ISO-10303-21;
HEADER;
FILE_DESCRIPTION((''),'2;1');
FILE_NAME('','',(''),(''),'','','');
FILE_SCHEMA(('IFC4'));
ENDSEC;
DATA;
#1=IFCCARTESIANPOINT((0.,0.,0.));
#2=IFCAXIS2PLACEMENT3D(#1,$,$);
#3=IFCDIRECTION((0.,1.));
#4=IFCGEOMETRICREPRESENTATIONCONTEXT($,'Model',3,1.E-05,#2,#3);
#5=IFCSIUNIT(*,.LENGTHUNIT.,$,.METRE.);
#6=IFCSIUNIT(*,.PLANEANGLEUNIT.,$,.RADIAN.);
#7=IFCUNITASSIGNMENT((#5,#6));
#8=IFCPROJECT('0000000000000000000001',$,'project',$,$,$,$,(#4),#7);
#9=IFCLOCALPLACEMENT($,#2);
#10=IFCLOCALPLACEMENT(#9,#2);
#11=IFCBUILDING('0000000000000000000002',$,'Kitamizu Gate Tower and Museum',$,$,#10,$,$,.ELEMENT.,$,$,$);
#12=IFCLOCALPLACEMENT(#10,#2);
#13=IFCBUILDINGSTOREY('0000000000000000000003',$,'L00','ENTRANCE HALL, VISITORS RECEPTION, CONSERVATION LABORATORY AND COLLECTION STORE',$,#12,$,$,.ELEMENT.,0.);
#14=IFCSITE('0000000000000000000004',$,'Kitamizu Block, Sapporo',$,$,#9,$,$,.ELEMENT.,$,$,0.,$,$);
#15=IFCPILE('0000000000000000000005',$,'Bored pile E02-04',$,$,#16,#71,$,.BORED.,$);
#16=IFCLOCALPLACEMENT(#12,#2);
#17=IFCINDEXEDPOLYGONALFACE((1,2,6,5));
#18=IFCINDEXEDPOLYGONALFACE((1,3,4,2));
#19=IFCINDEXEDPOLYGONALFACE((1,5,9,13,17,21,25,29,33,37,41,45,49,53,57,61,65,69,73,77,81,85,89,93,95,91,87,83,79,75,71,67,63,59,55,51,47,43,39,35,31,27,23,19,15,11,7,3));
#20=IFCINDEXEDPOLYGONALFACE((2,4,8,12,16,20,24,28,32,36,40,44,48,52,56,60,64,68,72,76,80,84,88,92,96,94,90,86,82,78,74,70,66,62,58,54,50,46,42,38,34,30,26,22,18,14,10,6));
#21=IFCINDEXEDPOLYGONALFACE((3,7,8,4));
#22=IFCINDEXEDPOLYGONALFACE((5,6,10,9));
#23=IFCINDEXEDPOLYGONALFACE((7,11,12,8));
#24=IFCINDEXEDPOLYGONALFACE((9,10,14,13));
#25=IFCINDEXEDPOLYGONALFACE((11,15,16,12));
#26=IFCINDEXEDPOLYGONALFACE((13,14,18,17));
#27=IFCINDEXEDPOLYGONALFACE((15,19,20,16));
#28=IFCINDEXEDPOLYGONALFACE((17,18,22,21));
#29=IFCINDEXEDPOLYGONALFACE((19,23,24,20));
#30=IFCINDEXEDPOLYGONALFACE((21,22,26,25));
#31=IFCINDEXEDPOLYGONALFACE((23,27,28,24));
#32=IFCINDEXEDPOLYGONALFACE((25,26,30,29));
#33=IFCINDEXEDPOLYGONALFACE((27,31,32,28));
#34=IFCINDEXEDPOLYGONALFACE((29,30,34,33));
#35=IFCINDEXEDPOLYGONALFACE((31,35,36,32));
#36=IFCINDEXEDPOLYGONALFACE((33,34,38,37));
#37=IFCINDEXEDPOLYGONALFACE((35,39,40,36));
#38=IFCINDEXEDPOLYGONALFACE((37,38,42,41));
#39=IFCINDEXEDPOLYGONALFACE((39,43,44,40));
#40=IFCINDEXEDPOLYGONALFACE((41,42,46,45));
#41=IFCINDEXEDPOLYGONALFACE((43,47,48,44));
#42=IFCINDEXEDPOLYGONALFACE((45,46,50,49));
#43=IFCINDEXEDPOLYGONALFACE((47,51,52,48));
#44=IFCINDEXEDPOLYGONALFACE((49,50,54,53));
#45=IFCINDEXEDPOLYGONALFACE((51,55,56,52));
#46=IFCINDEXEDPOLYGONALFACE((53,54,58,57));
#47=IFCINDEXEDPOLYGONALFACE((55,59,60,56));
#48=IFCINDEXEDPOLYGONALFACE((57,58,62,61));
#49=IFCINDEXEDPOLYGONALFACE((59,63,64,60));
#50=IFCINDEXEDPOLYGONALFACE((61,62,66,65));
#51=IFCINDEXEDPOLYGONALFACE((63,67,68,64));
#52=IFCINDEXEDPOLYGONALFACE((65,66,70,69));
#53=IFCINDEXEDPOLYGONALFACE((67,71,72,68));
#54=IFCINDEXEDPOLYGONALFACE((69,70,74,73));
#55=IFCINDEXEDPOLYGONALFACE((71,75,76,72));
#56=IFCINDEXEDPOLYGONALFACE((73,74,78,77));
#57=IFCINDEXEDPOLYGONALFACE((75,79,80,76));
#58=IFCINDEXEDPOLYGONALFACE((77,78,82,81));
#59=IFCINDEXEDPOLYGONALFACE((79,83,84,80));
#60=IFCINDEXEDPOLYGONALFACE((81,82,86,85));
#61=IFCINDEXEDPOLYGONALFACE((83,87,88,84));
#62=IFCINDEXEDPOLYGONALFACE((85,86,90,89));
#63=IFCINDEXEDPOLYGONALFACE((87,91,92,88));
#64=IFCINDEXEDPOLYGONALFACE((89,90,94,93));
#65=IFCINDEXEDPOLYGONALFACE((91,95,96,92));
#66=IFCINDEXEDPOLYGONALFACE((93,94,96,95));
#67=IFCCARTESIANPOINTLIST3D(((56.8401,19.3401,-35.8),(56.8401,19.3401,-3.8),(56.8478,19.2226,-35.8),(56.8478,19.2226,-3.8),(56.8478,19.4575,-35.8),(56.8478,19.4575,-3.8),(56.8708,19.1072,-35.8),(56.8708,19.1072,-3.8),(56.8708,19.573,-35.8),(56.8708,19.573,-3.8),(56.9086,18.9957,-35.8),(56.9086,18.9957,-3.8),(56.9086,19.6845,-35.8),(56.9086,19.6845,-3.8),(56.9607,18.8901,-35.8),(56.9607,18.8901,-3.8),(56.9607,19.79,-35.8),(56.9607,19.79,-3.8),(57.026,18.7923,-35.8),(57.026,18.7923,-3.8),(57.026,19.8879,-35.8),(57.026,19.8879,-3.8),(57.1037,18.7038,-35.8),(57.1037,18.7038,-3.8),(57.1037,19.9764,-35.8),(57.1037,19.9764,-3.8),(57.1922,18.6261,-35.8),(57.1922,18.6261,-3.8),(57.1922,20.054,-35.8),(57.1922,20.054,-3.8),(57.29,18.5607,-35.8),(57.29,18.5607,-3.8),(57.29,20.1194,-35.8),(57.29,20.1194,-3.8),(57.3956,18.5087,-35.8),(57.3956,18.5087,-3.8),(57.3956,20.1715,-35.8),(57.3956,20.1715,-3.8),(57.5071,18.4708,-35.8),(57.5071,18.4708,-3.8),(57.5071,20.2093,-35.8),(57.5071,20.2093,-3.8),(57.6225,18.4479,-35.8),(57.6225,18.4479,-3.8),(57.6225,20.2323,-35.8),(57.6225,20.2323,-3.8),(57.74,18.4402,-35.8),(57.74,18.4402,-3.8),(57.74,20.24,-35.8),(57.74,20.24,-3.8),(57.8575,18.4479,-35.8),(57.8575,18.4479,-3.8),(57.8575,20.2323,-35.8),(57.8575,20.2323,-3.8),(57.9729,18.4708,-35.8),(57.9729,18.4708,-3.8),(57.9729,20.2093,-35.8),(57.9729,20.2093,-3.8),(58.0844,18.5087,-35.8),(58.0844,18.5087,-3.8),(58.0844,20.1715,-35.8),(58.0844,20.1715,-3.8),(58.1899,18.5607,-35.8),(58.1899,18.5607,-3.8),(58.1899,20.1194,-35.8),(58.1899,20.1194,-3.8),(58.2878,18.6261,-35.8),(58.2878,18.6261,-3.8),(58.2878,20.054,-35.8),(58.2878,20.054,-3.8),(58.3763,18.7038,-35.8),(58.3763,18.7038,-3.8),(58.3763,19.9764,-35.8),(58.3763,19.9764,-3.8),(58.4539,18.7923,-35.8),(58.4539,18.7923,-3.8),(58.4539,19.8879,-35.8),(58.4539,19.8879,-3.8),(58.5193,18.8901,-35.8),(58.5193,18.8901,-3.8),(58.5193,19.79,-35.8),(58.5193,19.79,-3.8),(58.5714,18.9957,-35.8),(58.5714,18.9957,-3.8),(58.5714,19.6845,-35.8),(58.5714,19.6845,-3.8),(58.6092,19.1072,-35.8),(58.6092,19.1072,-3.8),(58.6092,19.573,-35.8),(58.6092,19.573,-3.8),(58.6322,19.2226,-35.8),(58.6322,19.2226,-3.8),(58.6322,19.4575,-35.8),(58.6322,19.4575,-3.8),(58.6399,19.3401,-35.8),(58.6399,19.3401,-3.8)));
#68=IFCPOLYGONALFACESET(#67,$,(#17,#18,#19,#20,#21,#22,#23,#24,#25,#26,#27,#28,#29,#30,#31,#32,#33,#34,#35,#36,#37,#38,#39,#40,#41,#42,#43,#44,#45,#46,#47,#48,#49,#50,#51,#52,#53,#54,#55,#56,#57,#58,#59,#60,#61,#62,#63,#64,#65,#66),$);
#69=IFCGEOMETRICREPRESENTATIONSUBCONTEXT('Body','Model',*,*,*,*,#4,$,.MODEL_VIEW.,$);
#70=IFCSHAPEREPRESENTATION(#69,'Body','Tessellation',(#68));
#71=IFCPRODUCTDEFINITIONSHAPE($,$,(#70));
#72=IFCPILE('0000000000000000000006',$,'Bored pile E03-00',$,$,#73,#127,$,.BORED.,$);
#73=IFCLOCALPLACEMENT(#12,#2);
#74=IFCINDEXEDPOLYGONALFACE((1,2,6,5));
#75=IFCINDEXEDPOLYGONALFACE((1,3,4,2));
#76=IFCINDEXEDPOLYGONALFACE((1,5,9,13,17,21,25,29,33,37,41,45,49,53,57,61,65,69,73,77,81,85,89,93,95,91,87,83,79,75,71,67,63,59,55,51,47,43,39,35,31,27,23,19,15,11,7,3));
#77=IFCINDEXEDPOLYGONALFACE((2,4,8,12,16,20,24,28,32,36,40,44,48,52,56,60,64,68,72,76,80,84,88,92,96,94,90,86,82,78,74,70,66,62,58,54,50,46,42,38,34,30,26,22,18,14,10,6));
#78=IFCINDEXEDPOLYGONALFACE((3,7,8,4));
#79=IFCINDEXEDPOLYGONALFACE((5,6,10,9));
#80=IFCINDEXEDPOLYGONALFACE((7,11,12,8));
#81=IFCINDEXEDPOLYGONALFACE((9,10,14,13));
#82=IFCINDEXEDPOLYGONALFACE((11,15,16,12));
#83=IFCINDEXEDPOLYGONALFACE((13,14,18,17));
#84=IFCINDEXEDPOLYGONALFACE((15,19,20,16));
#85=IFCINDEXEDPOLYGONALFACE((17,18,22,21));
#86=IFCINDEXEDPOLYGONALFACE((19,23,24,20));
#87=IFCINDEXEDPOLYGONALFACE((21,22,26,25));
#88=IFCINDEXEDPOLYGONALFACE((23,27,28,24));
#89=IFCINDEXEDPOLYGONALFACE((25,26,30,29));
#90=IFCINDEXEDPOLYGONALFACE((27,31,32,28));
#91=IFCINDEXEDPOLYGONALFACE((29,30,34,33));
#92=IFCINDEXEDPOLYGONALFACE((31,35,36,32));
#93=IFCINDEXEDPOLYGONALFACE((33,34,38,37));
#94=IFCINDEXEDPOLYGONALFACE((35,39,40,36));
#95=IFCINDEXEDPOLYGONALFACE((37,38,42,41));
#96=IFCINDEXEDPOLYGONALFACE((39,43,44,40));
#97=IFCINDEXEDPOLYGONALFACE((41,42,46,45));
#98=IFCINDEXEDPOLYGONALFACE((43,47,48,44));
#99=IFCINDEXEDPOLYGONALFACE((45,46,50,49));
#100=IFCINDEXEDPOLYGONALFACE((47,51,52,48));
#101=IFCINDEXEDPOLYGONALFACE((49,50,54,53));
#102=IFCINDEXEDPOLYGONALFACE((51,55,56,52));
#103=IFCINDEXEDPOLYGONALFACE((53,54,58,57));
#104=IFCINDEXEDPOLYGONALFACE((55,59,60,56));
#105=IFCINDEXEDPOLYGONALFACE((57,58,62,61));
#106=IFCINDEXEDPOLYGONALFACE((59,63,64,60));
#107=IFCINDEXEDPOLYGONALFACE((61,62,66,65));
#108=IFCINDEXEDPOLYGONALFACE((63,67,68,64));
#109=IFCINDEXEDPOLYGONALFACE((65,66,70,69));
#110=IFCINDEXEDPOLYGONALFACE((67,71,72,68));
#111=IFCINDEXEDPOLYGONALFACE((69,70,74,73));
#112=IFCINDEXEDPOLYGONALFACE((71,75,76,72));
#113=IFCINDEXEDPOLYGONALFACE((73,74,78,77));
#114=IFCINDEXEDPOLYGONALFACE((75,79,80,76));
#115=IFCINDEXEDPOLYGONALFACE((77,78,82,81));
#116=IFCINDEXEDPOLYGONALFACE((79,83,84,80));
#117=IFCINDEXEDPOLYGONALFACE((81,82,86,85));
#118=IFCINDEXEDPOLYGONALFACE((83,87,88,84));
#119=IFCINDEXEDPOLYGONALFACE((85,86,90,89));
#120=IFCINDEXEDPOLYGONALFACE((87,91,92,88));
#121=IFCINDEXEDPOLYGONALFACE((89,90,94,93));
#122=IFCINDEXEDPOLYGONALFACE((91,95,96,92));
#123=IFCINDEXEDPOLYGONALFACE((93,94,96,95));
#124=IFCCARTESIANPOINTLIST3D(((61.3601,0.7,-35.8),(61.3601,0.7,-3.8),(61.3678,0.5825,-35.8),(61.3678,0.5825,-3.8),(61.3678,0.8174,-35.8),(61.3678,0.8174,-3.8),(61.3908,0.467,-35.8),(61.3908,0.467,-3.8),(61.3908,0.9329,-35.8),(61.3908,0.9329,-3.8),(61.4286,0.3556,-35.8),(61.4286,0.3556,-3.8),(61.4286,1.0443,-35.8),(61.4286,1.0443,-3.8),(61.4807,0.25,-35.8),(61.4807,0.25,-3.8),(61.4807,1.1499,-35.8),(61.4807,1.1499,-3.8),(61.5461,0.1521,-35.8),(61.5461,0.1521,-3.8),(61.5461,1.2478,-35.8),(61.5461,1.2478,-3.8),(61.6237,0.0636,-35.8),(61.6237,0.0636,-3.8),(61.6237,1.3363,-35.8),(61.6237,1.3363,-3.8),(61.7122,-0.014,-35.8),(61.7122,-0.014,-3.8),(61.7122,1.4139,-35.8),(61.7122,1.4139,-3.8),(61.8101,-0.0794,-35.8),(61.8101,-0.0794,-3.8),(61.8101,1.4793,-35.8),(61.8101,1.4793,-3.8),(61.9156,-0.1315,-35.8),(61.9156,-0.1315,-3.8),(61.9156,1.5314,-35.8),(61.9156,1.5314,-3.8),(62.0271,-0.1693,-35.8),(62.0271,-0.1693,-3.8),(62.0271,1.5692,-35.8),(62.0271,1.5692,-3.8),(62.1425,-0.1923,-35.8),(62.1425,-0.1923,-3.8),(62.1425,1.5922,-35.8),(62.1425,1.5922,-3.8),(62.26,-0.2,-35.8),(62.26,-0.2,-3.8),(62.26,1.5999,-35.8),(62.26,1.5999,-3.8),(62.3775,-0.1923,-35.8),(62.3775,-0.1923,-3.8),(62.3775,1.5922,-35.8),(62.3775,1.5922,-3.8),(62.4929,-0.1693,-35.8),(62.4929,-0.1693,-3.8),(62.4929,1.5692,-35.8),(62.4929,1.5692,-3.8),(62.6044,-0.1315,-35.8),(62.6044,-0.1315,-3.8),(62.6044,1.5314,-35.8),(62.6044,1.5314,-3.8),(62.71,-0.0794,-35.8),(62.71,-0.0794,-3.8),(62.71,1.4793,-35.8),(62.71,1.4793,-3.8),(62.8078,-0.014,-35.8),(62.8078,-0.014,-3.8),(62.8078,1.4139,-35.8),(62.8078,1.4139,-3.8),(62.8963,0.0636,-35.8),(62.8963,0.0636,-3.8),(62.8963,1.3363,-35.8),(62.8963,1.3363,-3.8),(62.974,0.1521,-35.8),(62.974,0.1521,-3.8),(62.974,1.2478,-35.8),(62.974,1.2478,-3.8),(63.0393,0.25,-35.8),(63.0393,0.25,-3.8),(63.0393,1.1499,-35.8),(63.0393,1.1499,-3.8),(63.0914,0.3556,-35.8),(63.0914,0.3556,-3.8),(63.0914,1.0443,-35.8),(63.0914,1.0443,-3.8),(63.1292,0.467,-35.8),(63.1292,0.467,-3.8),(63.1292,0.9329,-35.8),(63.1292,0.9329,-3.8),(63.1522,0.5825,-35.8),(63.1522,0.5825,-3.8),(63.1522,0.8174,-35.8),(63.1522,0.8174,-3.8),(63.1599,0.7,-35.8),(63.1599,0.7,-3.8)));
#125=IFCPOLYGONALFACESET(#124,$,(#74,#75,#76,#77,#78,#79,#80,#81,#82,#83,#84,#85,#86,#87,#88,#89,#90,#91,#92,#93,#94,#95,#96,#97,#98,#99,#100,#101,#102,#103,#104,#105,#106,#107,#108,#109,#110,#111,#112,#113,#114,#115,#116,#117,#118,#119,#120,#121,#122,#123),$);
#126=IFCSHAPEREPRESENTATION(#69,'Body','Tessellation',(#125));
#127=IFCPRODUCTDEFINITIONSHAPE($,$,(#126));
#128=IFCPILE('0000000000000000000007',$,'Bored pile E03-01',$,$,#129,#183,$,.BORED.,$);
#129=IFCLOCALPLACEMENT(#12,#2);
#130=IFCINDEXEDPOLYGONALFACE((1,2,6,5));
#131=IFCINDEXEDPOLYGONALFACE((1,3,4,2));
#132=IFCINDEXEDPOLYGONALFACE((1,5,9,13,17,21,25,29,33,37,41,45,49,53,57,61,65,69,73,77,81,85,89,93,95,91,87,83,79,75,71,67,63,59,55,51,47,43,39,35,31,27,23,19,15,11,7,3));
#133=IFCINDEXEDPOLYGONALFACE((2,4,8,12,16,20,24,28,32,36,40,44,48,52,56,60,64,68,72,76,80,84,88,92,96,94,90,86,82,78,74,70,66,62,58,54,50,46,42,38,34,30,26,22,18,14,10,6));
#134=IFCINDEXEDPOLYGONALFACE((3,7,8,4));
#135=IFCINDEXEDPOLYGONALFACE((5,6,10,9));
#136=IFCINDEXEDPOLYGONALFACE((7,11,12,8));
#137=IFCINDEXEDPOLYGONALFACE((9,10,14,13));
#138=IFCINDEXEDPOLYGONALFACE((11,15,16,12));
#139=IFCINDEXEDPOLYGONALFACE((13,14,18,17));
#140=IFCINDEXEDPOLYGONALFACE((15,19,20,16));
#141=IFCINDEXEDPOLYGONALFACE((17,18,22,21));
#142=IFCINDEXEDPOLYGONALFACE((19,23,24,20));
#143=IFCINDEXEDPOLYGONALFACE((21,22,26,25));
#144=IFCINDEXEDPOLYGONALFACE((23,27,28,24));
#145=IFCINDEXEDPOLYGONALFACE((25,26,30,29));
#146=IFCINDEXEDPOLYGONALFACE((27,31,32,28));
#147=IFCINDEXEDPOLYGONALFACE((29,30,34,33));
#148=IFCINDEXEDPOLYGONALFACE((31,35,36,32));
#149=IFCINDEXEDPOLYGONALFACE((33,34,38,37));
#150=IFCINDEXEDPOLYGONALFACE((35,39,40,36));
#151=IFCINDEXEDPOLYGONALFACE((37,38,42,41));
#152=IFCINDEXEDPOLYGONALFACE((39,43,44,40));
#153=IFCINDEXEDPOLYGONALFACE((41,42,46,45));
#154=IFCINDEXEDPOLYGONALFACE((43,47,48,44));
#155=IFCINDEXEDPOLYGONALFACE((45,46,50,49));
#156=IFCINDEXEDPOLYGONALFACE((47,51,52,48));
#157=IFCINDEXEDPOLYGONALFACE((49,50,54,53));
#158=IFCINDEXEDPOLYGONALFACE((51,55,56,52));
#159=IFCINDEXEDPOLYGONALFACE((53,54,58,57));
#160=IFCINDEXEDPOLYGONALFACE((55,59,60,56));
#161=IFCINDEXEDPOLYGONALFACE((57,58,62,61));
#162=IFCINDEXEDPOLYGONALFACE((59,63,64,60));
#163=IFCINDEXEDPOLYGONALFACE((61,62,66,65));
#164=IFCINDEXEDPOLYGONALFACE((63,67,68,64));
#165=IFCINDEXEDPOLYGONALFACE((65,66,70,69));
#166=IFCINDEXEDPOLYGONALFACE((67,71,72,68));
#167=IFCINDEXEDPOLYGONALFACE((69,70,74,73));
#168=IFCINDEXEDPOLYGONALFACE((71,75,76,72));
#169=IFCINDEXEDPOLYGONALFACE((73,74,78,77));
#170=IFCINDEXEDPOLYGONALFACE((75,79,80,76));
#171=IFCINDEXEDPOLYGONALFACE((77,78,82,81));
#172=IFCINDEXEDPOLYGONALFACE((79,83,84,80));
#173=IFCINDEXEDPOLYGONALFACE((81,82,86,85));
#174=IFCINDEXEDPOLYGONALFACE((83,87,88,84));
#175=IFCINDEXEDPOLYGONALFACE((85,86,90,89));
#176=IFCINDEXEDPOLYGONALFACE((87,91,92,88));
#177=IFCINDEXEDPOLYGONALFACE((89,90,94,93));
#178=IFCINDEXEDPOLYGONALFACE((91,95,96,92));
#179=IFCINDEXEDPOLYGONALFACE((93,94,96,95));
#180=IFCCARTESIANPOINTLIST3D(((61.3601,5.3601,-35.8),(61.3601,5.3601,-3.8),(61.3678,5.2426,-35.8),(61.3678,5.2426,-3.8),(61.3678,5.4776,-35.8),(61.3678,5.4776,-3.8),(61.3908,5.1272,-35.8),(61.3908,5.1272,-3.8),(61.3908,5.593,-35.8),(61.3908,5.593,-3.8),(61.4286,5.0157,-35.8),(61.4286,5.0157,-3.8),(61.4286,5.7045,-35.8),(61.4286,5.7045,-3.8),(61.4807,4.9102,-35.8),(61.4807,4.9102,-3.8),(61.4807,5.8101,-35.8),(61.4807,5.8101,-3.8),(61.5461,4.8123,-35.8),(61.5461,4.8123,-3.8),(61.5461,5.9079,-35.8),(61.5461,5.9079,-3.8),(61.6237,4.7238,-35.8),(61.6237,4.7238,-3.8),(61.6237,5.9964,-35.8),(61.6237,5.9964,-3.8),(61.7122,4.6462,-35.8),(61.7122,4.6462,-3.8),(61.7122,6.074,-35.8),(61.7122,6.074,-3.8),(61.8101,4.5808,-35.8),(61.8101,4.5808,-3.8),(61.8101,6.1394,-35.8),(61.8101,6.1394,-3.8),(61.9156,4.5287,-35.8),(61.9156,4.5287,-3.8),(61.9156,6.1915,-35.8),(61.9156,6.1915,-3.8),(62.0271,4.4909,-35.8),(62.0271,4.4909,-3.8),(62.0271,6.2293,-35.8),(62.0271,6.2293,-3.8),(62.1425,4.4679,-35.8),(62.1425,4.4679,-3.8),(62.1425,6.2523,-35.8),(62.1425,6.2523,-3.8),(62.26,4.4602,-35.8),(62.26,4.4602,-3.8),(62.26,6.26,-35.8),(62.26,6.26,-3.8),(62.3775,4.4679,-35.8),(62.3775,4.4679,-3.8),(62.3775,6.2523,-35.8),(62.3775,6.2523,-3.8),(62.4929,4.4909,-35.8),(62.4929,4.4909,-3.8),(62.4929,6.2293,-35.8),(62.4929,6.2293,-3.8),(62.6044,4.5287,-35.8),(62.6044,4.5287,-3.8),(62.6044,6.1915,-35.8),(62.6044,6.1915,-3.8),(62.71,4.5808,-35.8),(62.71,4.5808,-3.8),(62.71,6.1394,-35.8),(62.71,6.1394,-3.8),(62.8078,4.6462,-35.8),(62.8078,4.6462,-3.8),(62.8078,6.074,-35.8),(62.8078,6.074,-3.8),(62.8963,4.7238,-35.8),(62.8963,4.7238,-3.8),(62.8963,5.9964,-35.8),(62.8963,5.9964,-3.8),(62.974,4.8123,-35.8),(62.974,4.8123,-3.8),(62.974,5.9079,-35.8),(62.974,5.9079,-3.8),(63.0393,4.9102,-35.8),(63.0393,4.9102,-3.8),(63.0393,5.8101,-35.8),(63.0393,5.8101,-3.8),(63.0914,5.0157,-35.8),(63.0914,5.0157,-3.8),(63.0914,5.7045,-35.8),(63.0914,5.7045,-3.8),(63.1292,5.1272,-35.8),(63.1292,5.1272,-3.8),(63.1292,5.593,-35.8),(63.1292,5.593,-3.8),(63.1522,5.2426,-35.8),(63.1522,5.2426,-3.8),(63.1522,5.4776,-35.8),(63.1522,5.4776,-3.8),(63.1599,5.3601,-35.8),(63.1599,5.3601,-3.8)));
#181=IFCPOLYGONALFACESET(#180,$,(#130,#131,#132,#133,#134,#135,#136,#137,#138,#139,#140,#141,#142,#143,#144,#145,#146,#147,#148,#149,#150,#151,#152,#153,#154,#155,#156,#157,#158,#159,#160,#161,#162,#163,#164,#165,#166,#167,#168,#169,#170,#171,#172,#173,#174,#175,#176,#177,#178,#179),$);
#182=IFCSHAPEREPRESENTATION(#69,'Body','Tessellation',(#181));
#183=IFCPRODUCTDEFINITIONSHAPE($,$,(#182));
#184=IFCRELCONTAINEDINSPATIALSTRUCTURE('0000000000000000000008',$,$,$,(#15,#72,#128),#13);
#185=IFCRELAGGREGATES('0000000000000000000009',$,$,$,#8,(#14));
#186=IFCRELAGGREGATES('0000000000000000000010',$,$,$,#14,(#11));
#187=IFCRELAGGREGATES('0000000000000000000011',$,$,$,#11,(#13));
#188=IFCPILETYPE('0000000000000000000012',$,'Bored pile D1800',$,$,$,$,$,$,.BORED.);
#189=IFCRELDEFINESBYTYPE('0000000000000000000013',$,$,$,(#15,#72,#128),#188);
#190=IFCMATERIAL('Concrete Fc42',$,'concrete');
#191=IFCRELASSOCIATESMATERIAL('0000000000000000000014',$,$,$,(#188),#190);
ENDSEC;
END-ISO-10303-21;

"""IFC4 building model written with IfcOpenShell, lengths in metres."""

from ifc_helpers import new_model, si_unit, direction, frame, origin, origin_2d, place, context, subcontext, project, spatial, circle, extrude, material, material_profile, profile_set, type_object, element, save


model = new_model("IFC4")

# Units and contexts
model_context = context("Model", 3, precision=1e-05, world=origin(), true_north=direction((0.0, 1.0)))
body_context = subcontext(model_context, "Body", "Model", "MODEL_VIEW")
ifc_project = project(units=[si_unit("LENGTHUNIT", "METRE"), si_unit("PLANEANGLEUNIT", "RADIAN")], contexts=[model_context])

# Site, building, storey
site_placement = place(None, origin())
site = spatial("IfcSite", under=ifc_project, at=site_placement, Name="Kitamizu Block, Sapporo", CompositionType="ELEMENT", RefElevation=0.0)
building_placement = place(site_placement, origin())
building = spatial("IfcBuilding", under=site, at=building_placement, Name="Kitamizu Gate Tower and Museum", CompositionType="ELEMENT")
storey_placement = place(building_placement, origin())
storey = spatial("IfcBuildingStorey", under=building, at=storey_placement, Name="L00", Description="ENTRANCE HALL, VISITORS RECEPTION, CONSERVATION LABORATORY AND COLLECTION STORE", CompositionType="ELEMENT", Elevation=0.0)

# Piles
ifc_material_1 = material(Name="Concrete Fc42", Category="concrete")
ifc_material_profile_1 = material_profile(ifc_material_1, circle(Radius=0.8999, at=origin_2d()), Name="Bored pile D1800")
ifc_profile_set_1 = profile_set([ifc_material_profile_1], Name="Concrete Fc42")
pile_type = type_object("IfcPileType", Name="Bored pile D1800", PredefinedType="BORED", material=ifc_profile_set_1)
for number, where, z_axis, x_axis, name in (
    (1, (57.74, 19.3401, -3.8), (0.0, 0.0, -1.0), (1.0, 0.0, 0.0), "Bored pile E02-04"),
    (2, (62.26, 0.7, -3.8), (0.0, 0.0, -1.0), (1.0, 0.0, 0.0), "Bored pile E03-00"),
    (3, (62.26, 5.3601, -3.8), (0.0, 0.0, -1.0), (1.0, 0.0, 0.0), "Bored pile E03-01"),
):
    element("IfcPile", number, at=place(storey_placement, frame(where, z_axis=z_axis, x_axis=x_axis)), inside=storey, type_object=pile_type, Name=name, PredefinedType="BORED", context=body_context, shape_type="SweptSolid", body=[
        extrude(circle(Radius=0.8999, at=origin_2d()), origin(), (0.0, 0.0, 1.0), 32.0),
    ])

save(model, "model.ifc")
